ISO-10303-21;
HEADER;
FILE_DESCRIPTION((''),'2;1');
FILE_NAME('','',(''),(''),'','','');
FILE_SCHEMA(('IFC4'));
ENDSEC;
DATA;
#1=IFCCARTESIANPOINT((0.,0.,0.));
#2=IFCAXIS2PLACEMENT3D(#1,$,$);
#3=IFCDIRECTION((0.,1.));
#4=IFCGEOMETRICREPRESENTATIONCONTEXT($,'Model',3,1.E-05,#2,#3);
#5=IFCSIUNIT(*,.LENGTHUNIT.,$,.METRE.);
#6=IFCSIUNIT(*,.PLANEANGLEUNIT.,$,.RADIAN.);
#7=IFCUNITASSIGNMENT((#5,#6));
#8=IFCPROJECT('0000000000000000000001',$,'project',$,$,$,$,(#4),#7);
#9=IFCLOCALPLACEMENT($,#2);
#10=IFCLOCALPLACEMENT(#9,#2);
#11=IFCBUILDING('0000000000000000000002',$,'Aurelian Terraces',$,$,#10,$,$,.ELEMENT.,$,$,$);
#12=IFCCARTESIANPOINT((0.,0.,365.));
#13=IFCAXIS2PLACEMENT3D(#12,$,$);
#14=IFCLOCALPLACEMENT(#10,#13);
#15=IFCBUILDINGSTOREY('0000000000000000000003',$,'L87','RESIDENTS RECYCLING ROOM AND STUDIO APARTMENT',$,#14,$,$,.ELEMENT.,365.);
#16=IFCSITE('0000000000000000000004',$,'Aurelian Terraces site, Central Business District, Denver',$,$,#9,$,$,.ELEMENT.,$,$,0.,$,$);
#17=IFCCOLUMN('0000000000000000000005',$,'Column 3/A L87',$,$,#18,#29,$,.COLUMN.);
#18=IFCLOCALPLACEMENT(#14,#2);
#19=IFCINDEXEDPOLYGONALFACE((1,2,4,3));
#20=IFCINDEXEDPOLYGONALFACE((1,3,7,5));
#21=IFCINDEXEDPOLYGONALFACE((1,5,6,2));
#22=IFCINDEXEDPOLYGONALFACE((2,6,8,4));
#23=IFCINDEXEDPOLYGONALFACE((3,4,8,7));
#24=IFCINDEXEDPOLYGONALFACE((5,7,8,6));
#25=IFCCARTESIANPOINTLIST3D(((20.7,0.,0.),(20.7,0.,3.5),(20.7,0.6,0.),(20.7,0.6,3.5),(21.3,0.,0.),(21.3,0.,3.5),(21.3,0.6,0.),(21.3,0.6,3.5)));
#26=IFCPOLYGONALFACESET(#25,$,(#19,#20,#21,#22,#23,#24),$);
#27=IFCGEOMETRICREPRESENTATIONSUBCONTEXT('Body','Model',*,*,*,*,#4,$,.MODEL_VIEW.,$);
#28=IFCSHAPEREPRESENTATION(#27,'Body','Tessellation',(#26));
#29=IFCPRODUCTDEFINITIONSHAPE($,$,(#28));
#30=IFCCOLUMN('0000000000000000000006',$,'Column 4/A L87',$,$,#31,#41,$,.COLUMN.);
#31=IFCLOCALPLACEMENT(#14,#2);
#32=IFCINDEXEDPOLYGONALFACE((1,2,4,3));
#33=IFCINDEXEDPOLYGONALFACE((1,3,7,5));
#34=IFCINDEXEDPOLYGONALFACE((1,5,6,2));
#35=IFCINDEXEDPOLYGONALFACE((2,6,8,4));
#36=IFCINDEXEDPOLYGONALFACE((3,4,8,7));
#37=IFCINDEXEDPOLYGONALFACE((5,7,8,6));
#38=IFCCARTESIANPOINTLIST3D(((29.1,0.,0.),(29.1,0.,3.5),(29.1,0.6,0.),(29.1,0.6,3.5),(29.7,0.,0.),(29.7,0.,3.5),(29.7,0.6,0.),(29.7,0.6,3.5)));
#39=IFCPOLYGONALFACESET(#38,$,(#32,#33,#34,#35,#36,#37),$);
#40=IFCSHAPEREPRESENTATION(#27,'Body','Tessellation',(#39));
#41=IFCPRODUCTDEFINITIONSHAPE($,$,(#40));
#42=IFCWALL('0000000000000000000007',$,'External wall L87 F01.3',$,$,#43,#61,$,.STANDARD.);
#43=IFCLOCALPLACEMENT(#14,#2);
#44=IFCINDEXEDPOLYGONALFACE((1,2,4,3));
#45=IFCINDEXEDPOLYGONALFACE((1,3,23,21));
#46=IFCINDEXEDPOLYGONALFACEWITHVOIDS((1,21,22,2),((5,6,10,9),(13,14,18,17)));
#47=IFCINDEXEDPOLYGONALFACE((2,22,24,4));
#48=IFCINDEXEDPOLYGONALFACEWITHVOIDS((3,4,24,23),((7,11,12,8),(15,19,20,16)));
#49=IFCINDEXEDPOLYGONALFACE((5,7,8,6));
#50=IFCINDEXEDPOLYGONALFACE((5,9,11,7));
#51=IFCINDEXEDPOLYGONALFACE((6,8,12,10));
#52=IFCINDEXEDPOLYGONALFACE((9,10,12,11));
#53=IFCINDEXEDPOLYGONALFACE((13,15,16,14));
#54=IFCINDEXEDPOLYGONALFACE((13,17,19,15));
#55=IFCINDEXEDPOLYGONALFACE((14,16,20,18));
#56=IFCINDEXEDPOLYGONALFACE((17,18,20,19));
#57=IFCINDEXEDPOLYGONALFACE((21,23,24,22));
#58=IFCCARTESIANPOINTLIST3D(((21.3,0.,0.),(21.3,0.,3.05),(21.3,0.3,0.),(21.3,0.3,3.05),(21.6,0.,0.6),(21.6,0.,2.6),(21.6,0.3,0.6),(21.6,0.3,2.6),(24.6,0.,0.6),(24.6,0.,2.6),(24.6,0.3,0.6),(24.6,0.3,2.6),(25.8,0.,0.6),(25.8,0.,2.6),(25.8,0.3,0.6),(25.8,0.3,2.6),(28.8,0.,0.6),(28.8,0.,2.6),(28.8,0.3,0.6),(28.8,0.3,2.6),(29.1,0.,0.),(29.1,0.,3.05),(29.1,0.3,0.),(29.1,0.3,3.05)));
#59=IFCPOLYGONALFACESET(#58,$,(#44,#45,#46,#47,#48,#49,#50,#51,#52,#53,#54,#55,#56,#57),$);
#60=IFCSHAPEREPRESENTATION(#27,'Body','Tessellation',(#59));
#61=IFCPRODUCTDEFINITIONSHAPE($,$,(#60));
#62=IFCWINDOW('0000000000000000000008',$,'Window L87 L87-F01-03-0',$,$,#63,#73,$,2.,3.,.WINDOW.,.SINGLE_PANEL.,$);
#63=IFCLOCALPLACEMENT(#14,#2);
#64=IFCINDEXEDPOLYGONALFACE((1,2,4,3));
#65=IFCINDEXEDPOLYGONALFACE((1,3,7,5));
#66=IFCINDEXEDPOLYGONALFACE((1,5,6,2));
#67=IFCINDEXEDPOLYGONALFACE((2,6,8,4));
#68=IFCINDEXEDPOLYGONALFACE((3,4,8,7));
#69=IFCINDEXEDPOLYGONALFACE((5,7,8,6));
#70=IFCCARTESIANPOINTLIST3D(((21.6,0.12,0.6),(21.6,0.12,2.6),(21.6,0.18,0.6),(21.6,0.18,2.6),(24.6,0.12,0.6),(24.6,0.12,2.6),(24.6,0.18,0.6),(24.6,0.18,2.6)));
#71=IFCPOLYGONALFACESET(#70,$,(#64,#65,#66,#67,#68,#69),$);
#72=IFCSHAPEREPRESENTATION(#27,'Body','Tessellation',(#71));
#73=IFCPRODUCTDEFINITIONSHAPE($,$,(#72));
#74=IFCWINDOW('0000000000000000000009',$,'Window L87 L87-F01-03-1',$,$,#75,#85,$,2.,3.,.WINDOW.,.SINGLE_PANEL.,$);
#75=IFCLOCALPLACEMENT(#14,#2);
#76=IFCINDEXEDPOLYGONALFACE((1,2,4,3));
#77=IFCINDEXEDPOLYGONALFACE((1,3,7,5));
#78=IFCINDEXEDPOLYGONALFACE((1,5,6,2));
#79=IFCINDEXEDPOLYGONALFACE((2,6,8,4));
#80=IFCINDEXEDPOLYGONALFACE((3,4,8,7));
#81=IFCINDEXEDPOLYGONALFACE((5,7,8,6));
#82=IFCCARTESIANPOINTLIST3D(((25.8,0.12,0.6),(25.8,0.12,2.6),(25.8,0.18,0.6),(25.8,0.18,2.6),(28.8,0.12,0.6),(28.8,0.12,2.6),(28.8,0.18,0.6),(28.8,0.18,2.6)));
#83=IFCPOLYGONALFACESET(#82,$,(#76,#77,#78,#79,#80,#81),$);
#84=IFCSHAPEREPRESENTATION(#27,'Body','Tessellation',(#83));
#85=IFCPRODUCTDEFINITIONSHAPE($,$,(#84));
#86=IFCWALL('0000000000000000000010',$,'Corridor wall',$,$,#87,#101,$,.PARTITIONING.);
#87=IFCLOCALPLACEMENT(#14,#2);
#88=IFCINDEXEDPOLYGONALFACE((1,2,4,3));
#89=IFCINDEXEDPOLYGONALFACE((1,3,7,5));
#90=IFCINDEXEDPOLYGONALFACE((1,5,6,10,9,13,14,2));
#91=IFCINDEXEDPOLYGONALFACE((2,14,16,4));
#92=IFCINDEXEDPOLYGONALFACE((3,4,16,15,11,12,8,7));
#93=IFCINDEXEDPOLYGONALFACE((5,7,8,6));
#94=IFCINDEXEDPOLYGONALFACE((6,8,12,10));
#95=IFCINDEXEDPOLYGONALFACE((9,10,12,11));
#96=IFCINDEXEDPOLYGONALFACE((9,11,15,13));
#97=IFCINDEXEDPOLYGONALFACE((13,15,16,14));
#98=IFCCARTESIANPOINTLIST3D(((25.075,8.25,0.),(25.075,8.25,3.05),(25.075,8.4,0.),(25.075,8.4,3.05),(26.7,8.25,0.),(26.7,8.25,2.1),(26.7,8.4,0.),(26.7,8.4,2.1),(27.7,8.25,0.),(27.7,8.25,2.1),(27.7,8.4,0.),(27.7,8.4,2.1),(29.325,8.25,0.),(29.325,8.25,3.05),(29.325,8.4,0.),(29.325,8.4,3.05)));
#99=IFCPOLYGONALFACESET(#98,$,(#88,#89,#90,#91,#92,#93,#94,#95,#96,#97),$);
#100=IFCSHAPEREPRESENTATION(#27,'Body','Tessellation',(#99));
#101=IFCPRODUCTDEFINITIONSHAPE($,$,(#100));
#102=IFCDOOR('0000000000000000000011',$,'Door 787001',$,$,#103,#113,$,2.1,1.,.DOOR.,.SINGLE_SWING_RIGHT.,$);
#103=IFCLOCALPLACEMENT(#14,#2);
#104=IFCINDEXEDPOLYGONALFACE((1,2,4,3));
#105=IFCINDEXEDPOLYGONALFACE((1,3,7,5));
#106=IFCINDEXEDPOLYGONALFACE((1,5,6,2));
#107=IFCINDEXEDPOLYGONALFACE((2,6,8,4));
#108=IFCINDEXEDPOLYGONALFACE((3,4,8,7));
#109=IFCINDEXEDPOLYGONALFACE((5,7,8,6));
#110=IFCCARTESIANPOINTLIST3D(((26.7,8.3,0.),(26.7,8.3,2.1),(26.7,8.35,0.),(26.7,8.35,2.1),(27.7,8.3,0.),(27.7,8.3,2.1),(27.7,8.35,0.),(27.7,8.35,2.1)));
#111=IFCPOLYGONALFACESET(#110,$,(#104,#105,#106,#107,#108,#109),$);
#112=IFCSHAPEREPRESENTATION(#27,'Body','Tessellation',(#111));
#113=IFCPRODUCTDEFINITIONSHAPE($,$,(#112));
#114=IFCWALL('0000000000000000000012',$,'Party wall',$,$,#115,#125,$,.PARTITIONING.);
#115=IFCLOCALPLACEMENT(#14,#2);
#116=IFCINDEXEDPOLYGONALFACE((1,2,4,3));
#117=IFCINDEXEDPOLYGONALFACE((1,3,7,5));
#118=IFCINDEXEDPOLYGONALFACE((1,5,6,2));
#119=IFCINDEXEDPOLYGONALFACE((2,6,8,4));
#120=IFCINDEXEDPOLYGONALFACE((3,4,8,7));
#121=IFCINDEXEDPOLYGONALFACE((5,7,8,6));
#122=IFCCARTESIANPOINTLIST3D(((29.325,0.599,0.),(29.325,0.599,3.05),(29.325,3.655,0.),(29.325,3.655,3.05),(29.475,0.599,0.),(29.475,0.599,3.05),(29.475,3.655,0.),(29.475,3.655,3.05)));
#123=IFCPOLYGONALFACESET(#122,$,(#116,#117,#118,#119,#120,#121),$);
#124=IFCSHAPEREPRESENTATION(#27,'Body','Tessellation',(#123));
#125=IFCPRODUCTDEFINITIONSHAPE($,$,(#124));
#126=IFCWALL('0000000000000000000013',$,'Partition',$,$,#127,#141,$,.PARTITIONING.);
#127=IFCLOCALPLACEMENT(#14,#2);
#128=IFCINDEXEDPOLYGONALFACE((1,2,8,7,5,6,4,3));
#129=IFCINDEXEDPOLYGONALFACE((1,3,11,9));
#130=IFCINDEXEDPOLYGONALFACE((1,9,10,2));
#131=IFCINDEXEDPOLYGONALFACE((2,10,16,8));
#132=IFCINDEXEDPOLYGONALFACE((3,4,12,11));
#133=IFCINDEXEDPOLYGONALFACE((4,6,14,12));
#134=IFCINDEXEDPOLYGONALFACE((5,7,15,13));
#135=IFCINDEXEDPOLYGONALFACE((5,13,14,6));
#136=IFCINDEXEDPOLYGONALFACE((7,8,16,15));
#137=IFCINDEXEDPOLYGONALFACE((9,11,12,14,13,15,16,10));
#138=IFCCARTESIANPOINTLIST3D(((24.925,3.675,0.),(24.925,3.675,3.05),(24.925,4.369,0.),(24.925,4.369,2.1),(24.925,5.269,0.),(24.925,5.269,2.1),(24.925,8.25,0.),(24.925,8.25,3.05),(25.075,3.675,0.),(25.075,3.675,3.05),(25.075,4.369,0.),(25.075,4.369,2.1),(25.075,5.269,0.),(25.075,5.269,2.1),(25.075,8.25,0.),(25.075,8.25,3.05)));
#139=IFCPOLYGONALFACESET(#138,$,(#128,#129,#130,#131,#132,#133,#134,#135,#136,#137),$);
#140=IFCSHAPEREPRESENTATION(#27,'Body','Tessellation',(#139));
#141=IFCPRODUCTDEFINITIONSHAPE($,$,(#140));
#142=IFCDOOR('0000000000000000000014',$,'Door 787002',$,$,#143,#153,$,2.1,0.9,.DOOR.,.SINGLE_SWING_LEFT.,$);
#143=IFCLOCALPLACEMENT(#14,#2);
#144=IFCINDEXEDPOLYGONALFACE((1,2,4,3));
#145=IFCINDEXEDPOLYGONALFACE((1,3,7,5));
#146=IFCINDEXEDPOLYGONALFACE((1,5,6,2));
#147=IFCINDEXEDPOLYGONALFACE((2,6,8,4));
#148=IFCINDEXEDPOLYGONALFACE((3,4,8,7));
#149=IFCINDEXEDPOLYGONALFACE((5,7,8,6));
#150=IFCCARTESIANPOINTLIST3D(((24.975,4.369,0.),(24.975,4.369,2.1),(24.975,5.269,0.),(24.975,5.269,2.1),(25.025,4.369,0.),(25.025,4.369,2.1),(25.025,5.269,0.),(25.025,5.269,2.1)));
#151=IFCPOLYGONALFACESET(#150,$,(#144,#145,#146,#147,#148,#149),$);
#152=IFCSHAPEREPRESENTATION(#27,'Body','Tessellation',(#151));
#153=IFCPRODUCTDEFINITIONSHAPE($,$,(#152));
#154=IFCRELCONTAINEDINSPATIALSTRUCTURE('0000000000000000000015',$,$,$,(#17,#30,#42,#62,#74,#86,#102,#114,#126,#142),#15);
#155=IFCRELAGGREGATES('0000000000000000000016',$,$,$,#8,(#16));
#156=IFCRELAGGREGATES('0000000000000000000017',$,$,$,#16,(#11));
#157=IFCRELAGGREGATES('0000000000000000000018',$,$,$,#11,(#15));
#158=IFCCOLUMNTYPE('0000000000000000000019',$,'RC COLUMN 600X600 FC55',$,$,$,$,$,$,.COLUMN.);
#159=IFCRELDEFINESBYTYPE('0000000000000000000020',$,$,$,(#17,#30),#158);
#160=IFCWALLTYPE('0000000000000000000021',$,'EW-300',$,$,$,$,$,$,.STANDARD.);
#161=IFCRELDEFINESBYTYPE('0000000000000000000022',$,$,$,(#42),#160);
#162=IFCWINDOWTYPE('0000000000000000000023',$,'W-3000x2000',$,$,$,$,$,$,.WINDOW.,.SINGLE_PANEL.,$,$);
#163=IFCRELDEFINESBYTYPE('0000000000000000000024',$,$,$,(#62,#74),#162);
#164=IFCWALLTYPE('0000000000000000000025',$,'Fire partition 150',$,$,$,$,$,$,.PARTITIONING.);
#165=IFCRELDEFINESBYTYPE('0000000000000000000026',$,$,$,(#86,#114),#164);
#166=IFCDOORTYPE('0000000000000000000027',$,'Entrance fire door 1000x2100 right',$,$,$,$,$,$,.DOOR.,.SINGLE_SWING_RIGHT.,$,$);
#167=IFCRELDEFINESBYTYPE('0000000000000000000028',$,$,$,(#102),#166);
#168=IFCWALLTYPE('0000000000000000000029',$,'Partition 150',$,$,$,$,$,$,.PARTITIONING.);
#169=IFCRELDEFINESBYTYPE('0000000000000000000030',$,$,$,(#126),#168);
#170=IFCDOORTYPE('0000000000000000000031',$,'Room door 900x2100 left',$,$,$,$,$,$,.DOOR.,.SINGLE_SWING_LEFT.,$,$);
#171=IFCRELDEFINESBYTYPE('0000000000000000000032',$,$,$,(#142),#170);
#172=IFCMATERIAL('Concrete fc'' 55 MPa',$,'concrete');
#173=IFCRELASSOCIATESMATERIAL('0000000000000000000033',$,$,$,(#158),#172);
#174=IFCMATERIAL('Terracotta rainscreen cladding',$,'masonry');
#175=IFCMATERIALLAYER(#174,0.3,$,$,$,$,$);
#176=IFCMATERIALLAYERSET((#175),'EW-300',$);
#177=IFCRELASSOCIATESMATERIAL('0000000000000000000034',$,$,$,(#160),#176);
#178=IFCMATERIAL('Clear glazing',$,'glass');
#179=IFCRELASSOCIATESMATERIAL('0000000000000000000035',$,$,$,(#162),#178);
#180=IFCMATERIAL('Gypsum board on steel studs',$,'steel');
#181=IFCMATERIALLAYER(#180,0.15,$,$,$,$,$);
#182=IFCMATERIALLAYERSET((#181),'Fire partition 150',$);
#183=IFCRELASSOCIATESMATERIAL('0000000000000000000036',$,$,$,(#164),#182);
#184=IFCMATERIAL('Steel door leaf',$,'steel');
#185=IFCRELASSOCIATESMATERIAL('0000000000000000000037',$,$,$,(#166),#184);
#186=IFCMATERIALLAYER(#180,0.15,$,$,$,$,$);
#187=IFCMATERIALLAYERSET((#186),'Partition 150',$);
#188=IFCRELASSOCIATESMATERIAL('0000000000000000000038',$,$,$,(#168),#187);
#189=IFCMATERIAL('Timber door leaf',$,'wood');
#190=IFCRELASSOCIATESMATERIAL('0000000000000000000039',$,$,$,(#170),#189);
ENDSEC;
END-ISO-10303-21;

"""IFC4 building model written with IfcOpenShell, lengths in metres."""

from ifc_helpers import new_model, si_unit, direction, frame, frame_2d, origin, origin_2d, place, context, subcontext, project, spatial, rectangle, extrude, source, transform, mapped, material, layer, layer_set, material_profile, profile_set, type_object, element, fill, save


model = new_model("IFC4")

# Units and contexts
model_context = context("Model", 3, precision=1e-05, world=origin(), true_north=direction((0.0, 1.0)))
body_context = subcontext(model_context, "Body", "Model", "MODEL_VIEW")
ifc_project = project(units=[si_unit("LENGTHUNIT", "METRE"), si_unit("PLANEANGLEUNIT", "RADIAN")], contexts=[model_context])

# Site, building, storey
site_placement = place(None, origin())
site = spatial("IfcSite", under=ifc_project, at=site_placement, Name="Aurelian Terraces site, Central Business District, Denver", CompositionType="ELEMENT", RefElevation=0.0)
building_placement = place(site_placement, origin())
building = spatial("IfcBuilding", under=site, at=building_placement, Name="Aurelian Terraces", CompositionType="ELEMENT")
storey_placement = place(building_placement, frame((0.0, 0.0, 365.0)))
storey = spatial("IfcBuildingStorey", under=building, at=storey_placement, Name="L87", Description="RESIDENTS RECYCLING ROOM AND STUDIO APARTMENT", CompositionType="ELEMENT", Elevation=365.0)

# Columns
ifc_material_1 = material(Name="Concrete fc' 55 MPa", Category="concrete")
ifc_material_profile = material_profile(ifc_material_1, rectangle(XDim=0.6, YDim=0.6, at=origin_2d()))
ifc_profile_set = profile_set([ifc_material_profile], Name="Concrete fc' 55 MPa")
column_type = type_object("IfcColumnType", Name="RC COLUMN 600X600 FC55", PredefinedType="COLUMN", material=ifc_profile_set)
shared_shape_1 = source(origin(), body_context, "Body", "SweptSolid", [
    extrude(rectangle(XDim=0.6, YDim=0.6, at=origin_2d()), origin(), (0.0, 0.0, 1.0), 3.5),
])
for number, where, z_axis, x_axis, name in (
    (1, (21.0, 0.3, 0.0), (0.0, 0.0, 1.0), (1.0, 0.0, 0.0), "Column 3/A L87"),
    (2, (29.4, 0.3, 0.0), (0.0, 0.0, 1.0), (1.0, 0.0, 0.0), "Column 4/A L87"),
):
    element("IfcColumn", number, at=place(storey_placement, frame(where, z_axis=z_axis, x_axis=x_axis)), inside=storey, type_object=column_type, Name=name, PredefinedType="COLUMN", context=body_context, shape_type="MappedRepresentation", body=[
        mapped(shared_shape_1, transform((0.0, 0.0, 0.0), scale=1.0)),
    ])

# Wall, openings, windows
ifc_material_2 = material(Name="Terracotta rainscreen cladding", Category="masonry")
ifc_layer_1 = layer(ifc_material_2, 0.3)
ifc_layer_set_1 = layer_set([ifc_layer_1], Name="EW-300")
wall_type_1 = type_object("IfcWallType", Name="EW-300", PredefinedType="STANDARD", material=ifc_layer_set_1)
wall_1_placement = place(storey_placement, frame((21.3, 0.15, 0.0), z_axis=(0.0, 0.0, 1.0), x_axis=(1.0, 0.0, 0.0)))
wall_1 = element("IfcWall", 3, at=wall_1_placement, inside=storey, type_object=wall_type_1, Name="External wall L87 F01.3", PredefinedType="STANDARD", context=body_context, shape_type="SweptSolid", body=[
    extrude(rectangle(XDim=7.8, YDim=0.3, at=frame_2d((3.9, 0.0))), origin(), (0.0, 0.0, 1.0), 3.05),
])
shared_shape_2 = source(origin(), body_context, "Body", "SweptSolid", [
    extrude(rectangle(XDim=3.0, YDim=2.0, at=frame_2d((1.5, 1.0))), frame((0.0, 0.16, 0.0), z_axis=(0.0, -1.0, 0.0), x_axis=(1.0, 0.0, 0.0)), (0.0, 0.0, 1.0), 0.32),
])
opening_1_placement = place(wall_1_placement, frame((0.3, 0.0, 0.6)))
opening_1 = element("IfcOpeningElement", 4, at=opening_1_placement, cuts=wall_1, PredefinedType="OPENING", context=body_context, shape_type="MappedRepresentation", body=[
    mapped(shared_shape_2, transform((0.0, 0.0, 0.0), scale=1.0)),
])
opening_2_placement = place(wall_1_placement, frame((4.5, 0.0, 0.6)))
opening_2 = element("IfcOpeningElement", 5, at=opening_2_placement, cuts=wall_1, PredefinedType="OPENING", context=body_context, shape_type="MappedRepresentation", body=[
    mapped(shared_shape_2, transform((0.0, 0.0, 0.0), scale=1.0)),
])
ifc_material_3 = material(Name="Clear glazing", Category="glass")
window_type = type_object("IfcWindowType", Name="W-3000x2000", PartitioningType="SINGLE_PANEL", PredefinedType="WINDOW", material=ifc_material_3)
shared_shape_3 = source(origin(), body_context, "Body", "SweptSolid", [
    extrude(rectangle(XDim=3.0, YDim=2.0, at=frame_2d((1.5, 1.0))), frame((0.0, 0.03, 0.0), z_axis=(0.0, -1.0, 0.0), x_axis=(1.0, 0.0, 0.0)), (0.0, 0.0, 1.0), 0.06),
])
window_1_placement = place(opening_1_placement, origin())
window_1 = element("IfcWindow", 6, at=window_1_placement, inside=storey, type_object=window_type, Name="Window L87 L87-F01-03-0", OverallHeight=2.0, OverallWidth=3.0, PartitioningType="SINGLE_PANEL", PredefinedType="WINDOW", context=body_context, shape_type="MappedRepresentation", body=[
    mapped(shared_shape_3, transform((0.0, 0.0, 0.0), scale=1.0)),
])
fill(opening_1, window_1)
window_2_placement = place(opening_2_placement, origin())
window_2 = element("IfcWindow", 7, at=window_2_placement, inside=storey, type_object=window_type, Name="Window L87 L87-F01-03-1", OverallHeight=2.0, OverallWidth=3.0, PartitioningType="SINGLE_PANEL", PredefinedType="WINDOW", context=body_context, shape_type="MappedRepresentation", body=[
    mapped(shared_shape_3, transform((0.0, 0.0, 0.0), scale=1.0)),
])
fill(opening_2, window_2)

# Wall, opening, door
ifc_material_4 = material(Name="Gypsum board on steel studs", Category="steel")
ifc_layer_2 = layer(ifc_material_4, 0.15)
ifc_layer_set_2 = layer_set([ifc_layer_2], Name="Fire partition 150")
wall_type_2 = type_object("IfcWallType", Name="Fire partition 150", PredefinedType="PARTITIONING", material=ifc_layer_set_2)
wall_2_placement = place(storey_placement, frame((29.325, 8.325, 0.0), z_axis=(0.0, 0.0, 1.0), x_axis=(-1.0, 0.0, 0.0)))
wall_2 = element("IfcWall", 8, at=wall_2_placement, inside=storey, type_object=wall_type_2, Name="Corridor wall", PredefinedType="PARTITIONING", context=body_context, shape_type="SweptSolid", body=[
    extrude(rectangle(XDim=4.25, YDim=0.15, at=frame_2d((2.125, 0.0))), origin(), (0.0, 0.0, 1.0), 3.05),
])
shared_shape_4 = source(origin(), body_context, "Body", "SweptSolid", [
    extrude(rectangle(XDim=1.0, YDim=2.1, at=frame_2d((0.5, 1.05))), frame((0.0, 0.085, 0.0), z_axis=(0.0, -1.0, 0.0), x_axis=(1.0, 0.0, 0.0)), (0.0, 0.0, 1.0), 0.17),
])
opening_3_placement = place(wall_2_placement, frame((1.625, 0.0, 0.0)))
opening_3 = element("IfcOpeningElement", 9, at=opening_3_placement, cuts=wall_2, PredefinedType="OPENING", context=body_context, shape_type="MappedRepresentation", body=[
    mapped(shared_shape_4, transform((0.0, 0.0, 0.0), scale=1.0)),
])
ifc_material_5 = material(Name="Steel door leaf", Category="steel")
door_type_1 = type_object("IfcDoorType", Name="Entrance fire door 1000x2100 right", OperationType="SINGLE_SWING_RIGHT", PredefinedType="DOOR", material=ifc_material_5)
shared_shape_5 = source(origin(), body_context, "Body", "SweptSolid", [
    extrude(rectangle(XDim=1.0, YDim=2.1, at=frame_2d((0.5, 1.05))), frame((0.0, 0.025, 0.0), z_axis=(0.0, -1.0, 0.0), x_axis=(1.0, 0.0, 0.0)), (0.0, 0.0, 1.0), 0.05),
])
door_1_placement = place(opening_3_placement, origin())
door_1 = element("IfcDoor", 10, at=door_1_placement, inside=storey, type_object=door_type_1, Name="Door 787001", OperationType="SINGLE_SWING_RIGHT", OverallHeight=2.1, OverallWidth=1.0, PredefinedType="DOOR", context=body_context, shape_type="MappedRepresentation", body=[
    mapped(shared_shape_5, transform((0.0, 0.0, 0.0), scale=1.0)),
])
fill(opening_3, door_1)

# Wall
wall_3_placement = place(storey_placement, frame((29.4, 0.599, 0.0), z_axis=(0.0, 0.0, 1.0), x_axis=(0.0, 1.0, 0.0)))
element("IfcWall", 11, at=wall_3_placement, inside=storey, type_object=wall_type_2, Name="Party wall", PredefinedType="PARTITIONING", context=body_context, shape_type="SweptSolid", body=[
    extrude(rectangle(XDim=3.056, YDim=0.15, at=frame_2d((1.528, 0.0))), origin(), (0.0, 0.0, 1.0), 3.05),
])

# Wall, opening, door
ifc_layer_3 = layer(ifc_material_4, 0.15)
ifc_layer_set_3 = layer_set([ifc_layer_3], Name="Partition 150")
wall_type_3 = type_object("IfcWallType", Name="Partition 150", PredefinedType="PARTITIONING", material=ifc_layer_set_3)
wall_4_placement = place(storey_placement, frame((25.0, 8.25, 0.0), z_axis=(0.0, 0.0, 1.0), x_axis=(0.0, -1.0, 0.0)))
wall_4 = element("IfcWall", 12, at=wall_4_placement, inside=storey, type_object=wall_type_3, Name="Partition", PredefinedType="PARTITIONING", context=body_context, shape_type="SweptSolid", body=[
    extrude(rectangle(XDim=4.575, YDim=0.15, at=frame_2d((2.2875, 0.0))), origin(), (0.0, 0.0, 1.0), 3.05),
])
shared_shape_6 = source(origin(), body_context, "Body", "SweptSolid", [
    extrude(rectangle(XDim=0.9, YDim=2.1, at=frame_2d((0.45, 1.05))), frame((0.0, 0.085, 0.0), z_axis=(0.0, -1.0, 0.0), x_axis=(1.0, 0.0, 0.0)), (0.0, 0.0, 1.0), 0.17),
])
opening_4_placement = place(wall_4_placement, frame((2.981, 0.0, 0.0)))
opening_4 = element("IfcOpeningElement", 13, at=opening_4_placement, cuts=wall_4, PredefinedType="OPENING", context=body_context, shape_type="MappedRepresentation", body=[
    mapped(shared_shape_6, transform((0.0, 0.0, 0.0), scale=1.0)),
])
ifc_material_6 = material(Name="Timber door leaf", Category="wood")
door_type_2 = type_object("IfcDoorType", Name="Room door 900x2100 left", OperationType="SINGLE_SWING_LEFT", PredefinedType="DOOR", material=ifc_material_6)
shared_shape_7 = source(origin(), body_context, "Body", "SweptSolid", [
    extrude(rectangle(XDim=0.9, YDim=2.1, at=frame_2d((0.45, 1.05))), frame((0.0, 0.025, 0.0), z_axis=(0.0, -1.0, 0.0), x_axis=(1.0, 0.0, 0.0)), (0.0, 0.0, 1.0), 0.05),
])
door_2_placement = place(opening_4_placement, origin())
door_2 = element("IfcDoor", 14, at=door_2_placement, inside=storey, type_object=door_type_2, Name="Door 787002", OperationType="SINGLE_SWING_LEFT", OverallHeight=2.1, OverallWidth=0.9, PredefinedType="DOOR", context=body_context, shape_type="MappedRepresentation", body=[
    mapped(shared_shape_7, transform((0.0, 0.0, 0.0), scale=1.0)),
])
fill(opening_4, door_2)

save(model, "model.ifc")
